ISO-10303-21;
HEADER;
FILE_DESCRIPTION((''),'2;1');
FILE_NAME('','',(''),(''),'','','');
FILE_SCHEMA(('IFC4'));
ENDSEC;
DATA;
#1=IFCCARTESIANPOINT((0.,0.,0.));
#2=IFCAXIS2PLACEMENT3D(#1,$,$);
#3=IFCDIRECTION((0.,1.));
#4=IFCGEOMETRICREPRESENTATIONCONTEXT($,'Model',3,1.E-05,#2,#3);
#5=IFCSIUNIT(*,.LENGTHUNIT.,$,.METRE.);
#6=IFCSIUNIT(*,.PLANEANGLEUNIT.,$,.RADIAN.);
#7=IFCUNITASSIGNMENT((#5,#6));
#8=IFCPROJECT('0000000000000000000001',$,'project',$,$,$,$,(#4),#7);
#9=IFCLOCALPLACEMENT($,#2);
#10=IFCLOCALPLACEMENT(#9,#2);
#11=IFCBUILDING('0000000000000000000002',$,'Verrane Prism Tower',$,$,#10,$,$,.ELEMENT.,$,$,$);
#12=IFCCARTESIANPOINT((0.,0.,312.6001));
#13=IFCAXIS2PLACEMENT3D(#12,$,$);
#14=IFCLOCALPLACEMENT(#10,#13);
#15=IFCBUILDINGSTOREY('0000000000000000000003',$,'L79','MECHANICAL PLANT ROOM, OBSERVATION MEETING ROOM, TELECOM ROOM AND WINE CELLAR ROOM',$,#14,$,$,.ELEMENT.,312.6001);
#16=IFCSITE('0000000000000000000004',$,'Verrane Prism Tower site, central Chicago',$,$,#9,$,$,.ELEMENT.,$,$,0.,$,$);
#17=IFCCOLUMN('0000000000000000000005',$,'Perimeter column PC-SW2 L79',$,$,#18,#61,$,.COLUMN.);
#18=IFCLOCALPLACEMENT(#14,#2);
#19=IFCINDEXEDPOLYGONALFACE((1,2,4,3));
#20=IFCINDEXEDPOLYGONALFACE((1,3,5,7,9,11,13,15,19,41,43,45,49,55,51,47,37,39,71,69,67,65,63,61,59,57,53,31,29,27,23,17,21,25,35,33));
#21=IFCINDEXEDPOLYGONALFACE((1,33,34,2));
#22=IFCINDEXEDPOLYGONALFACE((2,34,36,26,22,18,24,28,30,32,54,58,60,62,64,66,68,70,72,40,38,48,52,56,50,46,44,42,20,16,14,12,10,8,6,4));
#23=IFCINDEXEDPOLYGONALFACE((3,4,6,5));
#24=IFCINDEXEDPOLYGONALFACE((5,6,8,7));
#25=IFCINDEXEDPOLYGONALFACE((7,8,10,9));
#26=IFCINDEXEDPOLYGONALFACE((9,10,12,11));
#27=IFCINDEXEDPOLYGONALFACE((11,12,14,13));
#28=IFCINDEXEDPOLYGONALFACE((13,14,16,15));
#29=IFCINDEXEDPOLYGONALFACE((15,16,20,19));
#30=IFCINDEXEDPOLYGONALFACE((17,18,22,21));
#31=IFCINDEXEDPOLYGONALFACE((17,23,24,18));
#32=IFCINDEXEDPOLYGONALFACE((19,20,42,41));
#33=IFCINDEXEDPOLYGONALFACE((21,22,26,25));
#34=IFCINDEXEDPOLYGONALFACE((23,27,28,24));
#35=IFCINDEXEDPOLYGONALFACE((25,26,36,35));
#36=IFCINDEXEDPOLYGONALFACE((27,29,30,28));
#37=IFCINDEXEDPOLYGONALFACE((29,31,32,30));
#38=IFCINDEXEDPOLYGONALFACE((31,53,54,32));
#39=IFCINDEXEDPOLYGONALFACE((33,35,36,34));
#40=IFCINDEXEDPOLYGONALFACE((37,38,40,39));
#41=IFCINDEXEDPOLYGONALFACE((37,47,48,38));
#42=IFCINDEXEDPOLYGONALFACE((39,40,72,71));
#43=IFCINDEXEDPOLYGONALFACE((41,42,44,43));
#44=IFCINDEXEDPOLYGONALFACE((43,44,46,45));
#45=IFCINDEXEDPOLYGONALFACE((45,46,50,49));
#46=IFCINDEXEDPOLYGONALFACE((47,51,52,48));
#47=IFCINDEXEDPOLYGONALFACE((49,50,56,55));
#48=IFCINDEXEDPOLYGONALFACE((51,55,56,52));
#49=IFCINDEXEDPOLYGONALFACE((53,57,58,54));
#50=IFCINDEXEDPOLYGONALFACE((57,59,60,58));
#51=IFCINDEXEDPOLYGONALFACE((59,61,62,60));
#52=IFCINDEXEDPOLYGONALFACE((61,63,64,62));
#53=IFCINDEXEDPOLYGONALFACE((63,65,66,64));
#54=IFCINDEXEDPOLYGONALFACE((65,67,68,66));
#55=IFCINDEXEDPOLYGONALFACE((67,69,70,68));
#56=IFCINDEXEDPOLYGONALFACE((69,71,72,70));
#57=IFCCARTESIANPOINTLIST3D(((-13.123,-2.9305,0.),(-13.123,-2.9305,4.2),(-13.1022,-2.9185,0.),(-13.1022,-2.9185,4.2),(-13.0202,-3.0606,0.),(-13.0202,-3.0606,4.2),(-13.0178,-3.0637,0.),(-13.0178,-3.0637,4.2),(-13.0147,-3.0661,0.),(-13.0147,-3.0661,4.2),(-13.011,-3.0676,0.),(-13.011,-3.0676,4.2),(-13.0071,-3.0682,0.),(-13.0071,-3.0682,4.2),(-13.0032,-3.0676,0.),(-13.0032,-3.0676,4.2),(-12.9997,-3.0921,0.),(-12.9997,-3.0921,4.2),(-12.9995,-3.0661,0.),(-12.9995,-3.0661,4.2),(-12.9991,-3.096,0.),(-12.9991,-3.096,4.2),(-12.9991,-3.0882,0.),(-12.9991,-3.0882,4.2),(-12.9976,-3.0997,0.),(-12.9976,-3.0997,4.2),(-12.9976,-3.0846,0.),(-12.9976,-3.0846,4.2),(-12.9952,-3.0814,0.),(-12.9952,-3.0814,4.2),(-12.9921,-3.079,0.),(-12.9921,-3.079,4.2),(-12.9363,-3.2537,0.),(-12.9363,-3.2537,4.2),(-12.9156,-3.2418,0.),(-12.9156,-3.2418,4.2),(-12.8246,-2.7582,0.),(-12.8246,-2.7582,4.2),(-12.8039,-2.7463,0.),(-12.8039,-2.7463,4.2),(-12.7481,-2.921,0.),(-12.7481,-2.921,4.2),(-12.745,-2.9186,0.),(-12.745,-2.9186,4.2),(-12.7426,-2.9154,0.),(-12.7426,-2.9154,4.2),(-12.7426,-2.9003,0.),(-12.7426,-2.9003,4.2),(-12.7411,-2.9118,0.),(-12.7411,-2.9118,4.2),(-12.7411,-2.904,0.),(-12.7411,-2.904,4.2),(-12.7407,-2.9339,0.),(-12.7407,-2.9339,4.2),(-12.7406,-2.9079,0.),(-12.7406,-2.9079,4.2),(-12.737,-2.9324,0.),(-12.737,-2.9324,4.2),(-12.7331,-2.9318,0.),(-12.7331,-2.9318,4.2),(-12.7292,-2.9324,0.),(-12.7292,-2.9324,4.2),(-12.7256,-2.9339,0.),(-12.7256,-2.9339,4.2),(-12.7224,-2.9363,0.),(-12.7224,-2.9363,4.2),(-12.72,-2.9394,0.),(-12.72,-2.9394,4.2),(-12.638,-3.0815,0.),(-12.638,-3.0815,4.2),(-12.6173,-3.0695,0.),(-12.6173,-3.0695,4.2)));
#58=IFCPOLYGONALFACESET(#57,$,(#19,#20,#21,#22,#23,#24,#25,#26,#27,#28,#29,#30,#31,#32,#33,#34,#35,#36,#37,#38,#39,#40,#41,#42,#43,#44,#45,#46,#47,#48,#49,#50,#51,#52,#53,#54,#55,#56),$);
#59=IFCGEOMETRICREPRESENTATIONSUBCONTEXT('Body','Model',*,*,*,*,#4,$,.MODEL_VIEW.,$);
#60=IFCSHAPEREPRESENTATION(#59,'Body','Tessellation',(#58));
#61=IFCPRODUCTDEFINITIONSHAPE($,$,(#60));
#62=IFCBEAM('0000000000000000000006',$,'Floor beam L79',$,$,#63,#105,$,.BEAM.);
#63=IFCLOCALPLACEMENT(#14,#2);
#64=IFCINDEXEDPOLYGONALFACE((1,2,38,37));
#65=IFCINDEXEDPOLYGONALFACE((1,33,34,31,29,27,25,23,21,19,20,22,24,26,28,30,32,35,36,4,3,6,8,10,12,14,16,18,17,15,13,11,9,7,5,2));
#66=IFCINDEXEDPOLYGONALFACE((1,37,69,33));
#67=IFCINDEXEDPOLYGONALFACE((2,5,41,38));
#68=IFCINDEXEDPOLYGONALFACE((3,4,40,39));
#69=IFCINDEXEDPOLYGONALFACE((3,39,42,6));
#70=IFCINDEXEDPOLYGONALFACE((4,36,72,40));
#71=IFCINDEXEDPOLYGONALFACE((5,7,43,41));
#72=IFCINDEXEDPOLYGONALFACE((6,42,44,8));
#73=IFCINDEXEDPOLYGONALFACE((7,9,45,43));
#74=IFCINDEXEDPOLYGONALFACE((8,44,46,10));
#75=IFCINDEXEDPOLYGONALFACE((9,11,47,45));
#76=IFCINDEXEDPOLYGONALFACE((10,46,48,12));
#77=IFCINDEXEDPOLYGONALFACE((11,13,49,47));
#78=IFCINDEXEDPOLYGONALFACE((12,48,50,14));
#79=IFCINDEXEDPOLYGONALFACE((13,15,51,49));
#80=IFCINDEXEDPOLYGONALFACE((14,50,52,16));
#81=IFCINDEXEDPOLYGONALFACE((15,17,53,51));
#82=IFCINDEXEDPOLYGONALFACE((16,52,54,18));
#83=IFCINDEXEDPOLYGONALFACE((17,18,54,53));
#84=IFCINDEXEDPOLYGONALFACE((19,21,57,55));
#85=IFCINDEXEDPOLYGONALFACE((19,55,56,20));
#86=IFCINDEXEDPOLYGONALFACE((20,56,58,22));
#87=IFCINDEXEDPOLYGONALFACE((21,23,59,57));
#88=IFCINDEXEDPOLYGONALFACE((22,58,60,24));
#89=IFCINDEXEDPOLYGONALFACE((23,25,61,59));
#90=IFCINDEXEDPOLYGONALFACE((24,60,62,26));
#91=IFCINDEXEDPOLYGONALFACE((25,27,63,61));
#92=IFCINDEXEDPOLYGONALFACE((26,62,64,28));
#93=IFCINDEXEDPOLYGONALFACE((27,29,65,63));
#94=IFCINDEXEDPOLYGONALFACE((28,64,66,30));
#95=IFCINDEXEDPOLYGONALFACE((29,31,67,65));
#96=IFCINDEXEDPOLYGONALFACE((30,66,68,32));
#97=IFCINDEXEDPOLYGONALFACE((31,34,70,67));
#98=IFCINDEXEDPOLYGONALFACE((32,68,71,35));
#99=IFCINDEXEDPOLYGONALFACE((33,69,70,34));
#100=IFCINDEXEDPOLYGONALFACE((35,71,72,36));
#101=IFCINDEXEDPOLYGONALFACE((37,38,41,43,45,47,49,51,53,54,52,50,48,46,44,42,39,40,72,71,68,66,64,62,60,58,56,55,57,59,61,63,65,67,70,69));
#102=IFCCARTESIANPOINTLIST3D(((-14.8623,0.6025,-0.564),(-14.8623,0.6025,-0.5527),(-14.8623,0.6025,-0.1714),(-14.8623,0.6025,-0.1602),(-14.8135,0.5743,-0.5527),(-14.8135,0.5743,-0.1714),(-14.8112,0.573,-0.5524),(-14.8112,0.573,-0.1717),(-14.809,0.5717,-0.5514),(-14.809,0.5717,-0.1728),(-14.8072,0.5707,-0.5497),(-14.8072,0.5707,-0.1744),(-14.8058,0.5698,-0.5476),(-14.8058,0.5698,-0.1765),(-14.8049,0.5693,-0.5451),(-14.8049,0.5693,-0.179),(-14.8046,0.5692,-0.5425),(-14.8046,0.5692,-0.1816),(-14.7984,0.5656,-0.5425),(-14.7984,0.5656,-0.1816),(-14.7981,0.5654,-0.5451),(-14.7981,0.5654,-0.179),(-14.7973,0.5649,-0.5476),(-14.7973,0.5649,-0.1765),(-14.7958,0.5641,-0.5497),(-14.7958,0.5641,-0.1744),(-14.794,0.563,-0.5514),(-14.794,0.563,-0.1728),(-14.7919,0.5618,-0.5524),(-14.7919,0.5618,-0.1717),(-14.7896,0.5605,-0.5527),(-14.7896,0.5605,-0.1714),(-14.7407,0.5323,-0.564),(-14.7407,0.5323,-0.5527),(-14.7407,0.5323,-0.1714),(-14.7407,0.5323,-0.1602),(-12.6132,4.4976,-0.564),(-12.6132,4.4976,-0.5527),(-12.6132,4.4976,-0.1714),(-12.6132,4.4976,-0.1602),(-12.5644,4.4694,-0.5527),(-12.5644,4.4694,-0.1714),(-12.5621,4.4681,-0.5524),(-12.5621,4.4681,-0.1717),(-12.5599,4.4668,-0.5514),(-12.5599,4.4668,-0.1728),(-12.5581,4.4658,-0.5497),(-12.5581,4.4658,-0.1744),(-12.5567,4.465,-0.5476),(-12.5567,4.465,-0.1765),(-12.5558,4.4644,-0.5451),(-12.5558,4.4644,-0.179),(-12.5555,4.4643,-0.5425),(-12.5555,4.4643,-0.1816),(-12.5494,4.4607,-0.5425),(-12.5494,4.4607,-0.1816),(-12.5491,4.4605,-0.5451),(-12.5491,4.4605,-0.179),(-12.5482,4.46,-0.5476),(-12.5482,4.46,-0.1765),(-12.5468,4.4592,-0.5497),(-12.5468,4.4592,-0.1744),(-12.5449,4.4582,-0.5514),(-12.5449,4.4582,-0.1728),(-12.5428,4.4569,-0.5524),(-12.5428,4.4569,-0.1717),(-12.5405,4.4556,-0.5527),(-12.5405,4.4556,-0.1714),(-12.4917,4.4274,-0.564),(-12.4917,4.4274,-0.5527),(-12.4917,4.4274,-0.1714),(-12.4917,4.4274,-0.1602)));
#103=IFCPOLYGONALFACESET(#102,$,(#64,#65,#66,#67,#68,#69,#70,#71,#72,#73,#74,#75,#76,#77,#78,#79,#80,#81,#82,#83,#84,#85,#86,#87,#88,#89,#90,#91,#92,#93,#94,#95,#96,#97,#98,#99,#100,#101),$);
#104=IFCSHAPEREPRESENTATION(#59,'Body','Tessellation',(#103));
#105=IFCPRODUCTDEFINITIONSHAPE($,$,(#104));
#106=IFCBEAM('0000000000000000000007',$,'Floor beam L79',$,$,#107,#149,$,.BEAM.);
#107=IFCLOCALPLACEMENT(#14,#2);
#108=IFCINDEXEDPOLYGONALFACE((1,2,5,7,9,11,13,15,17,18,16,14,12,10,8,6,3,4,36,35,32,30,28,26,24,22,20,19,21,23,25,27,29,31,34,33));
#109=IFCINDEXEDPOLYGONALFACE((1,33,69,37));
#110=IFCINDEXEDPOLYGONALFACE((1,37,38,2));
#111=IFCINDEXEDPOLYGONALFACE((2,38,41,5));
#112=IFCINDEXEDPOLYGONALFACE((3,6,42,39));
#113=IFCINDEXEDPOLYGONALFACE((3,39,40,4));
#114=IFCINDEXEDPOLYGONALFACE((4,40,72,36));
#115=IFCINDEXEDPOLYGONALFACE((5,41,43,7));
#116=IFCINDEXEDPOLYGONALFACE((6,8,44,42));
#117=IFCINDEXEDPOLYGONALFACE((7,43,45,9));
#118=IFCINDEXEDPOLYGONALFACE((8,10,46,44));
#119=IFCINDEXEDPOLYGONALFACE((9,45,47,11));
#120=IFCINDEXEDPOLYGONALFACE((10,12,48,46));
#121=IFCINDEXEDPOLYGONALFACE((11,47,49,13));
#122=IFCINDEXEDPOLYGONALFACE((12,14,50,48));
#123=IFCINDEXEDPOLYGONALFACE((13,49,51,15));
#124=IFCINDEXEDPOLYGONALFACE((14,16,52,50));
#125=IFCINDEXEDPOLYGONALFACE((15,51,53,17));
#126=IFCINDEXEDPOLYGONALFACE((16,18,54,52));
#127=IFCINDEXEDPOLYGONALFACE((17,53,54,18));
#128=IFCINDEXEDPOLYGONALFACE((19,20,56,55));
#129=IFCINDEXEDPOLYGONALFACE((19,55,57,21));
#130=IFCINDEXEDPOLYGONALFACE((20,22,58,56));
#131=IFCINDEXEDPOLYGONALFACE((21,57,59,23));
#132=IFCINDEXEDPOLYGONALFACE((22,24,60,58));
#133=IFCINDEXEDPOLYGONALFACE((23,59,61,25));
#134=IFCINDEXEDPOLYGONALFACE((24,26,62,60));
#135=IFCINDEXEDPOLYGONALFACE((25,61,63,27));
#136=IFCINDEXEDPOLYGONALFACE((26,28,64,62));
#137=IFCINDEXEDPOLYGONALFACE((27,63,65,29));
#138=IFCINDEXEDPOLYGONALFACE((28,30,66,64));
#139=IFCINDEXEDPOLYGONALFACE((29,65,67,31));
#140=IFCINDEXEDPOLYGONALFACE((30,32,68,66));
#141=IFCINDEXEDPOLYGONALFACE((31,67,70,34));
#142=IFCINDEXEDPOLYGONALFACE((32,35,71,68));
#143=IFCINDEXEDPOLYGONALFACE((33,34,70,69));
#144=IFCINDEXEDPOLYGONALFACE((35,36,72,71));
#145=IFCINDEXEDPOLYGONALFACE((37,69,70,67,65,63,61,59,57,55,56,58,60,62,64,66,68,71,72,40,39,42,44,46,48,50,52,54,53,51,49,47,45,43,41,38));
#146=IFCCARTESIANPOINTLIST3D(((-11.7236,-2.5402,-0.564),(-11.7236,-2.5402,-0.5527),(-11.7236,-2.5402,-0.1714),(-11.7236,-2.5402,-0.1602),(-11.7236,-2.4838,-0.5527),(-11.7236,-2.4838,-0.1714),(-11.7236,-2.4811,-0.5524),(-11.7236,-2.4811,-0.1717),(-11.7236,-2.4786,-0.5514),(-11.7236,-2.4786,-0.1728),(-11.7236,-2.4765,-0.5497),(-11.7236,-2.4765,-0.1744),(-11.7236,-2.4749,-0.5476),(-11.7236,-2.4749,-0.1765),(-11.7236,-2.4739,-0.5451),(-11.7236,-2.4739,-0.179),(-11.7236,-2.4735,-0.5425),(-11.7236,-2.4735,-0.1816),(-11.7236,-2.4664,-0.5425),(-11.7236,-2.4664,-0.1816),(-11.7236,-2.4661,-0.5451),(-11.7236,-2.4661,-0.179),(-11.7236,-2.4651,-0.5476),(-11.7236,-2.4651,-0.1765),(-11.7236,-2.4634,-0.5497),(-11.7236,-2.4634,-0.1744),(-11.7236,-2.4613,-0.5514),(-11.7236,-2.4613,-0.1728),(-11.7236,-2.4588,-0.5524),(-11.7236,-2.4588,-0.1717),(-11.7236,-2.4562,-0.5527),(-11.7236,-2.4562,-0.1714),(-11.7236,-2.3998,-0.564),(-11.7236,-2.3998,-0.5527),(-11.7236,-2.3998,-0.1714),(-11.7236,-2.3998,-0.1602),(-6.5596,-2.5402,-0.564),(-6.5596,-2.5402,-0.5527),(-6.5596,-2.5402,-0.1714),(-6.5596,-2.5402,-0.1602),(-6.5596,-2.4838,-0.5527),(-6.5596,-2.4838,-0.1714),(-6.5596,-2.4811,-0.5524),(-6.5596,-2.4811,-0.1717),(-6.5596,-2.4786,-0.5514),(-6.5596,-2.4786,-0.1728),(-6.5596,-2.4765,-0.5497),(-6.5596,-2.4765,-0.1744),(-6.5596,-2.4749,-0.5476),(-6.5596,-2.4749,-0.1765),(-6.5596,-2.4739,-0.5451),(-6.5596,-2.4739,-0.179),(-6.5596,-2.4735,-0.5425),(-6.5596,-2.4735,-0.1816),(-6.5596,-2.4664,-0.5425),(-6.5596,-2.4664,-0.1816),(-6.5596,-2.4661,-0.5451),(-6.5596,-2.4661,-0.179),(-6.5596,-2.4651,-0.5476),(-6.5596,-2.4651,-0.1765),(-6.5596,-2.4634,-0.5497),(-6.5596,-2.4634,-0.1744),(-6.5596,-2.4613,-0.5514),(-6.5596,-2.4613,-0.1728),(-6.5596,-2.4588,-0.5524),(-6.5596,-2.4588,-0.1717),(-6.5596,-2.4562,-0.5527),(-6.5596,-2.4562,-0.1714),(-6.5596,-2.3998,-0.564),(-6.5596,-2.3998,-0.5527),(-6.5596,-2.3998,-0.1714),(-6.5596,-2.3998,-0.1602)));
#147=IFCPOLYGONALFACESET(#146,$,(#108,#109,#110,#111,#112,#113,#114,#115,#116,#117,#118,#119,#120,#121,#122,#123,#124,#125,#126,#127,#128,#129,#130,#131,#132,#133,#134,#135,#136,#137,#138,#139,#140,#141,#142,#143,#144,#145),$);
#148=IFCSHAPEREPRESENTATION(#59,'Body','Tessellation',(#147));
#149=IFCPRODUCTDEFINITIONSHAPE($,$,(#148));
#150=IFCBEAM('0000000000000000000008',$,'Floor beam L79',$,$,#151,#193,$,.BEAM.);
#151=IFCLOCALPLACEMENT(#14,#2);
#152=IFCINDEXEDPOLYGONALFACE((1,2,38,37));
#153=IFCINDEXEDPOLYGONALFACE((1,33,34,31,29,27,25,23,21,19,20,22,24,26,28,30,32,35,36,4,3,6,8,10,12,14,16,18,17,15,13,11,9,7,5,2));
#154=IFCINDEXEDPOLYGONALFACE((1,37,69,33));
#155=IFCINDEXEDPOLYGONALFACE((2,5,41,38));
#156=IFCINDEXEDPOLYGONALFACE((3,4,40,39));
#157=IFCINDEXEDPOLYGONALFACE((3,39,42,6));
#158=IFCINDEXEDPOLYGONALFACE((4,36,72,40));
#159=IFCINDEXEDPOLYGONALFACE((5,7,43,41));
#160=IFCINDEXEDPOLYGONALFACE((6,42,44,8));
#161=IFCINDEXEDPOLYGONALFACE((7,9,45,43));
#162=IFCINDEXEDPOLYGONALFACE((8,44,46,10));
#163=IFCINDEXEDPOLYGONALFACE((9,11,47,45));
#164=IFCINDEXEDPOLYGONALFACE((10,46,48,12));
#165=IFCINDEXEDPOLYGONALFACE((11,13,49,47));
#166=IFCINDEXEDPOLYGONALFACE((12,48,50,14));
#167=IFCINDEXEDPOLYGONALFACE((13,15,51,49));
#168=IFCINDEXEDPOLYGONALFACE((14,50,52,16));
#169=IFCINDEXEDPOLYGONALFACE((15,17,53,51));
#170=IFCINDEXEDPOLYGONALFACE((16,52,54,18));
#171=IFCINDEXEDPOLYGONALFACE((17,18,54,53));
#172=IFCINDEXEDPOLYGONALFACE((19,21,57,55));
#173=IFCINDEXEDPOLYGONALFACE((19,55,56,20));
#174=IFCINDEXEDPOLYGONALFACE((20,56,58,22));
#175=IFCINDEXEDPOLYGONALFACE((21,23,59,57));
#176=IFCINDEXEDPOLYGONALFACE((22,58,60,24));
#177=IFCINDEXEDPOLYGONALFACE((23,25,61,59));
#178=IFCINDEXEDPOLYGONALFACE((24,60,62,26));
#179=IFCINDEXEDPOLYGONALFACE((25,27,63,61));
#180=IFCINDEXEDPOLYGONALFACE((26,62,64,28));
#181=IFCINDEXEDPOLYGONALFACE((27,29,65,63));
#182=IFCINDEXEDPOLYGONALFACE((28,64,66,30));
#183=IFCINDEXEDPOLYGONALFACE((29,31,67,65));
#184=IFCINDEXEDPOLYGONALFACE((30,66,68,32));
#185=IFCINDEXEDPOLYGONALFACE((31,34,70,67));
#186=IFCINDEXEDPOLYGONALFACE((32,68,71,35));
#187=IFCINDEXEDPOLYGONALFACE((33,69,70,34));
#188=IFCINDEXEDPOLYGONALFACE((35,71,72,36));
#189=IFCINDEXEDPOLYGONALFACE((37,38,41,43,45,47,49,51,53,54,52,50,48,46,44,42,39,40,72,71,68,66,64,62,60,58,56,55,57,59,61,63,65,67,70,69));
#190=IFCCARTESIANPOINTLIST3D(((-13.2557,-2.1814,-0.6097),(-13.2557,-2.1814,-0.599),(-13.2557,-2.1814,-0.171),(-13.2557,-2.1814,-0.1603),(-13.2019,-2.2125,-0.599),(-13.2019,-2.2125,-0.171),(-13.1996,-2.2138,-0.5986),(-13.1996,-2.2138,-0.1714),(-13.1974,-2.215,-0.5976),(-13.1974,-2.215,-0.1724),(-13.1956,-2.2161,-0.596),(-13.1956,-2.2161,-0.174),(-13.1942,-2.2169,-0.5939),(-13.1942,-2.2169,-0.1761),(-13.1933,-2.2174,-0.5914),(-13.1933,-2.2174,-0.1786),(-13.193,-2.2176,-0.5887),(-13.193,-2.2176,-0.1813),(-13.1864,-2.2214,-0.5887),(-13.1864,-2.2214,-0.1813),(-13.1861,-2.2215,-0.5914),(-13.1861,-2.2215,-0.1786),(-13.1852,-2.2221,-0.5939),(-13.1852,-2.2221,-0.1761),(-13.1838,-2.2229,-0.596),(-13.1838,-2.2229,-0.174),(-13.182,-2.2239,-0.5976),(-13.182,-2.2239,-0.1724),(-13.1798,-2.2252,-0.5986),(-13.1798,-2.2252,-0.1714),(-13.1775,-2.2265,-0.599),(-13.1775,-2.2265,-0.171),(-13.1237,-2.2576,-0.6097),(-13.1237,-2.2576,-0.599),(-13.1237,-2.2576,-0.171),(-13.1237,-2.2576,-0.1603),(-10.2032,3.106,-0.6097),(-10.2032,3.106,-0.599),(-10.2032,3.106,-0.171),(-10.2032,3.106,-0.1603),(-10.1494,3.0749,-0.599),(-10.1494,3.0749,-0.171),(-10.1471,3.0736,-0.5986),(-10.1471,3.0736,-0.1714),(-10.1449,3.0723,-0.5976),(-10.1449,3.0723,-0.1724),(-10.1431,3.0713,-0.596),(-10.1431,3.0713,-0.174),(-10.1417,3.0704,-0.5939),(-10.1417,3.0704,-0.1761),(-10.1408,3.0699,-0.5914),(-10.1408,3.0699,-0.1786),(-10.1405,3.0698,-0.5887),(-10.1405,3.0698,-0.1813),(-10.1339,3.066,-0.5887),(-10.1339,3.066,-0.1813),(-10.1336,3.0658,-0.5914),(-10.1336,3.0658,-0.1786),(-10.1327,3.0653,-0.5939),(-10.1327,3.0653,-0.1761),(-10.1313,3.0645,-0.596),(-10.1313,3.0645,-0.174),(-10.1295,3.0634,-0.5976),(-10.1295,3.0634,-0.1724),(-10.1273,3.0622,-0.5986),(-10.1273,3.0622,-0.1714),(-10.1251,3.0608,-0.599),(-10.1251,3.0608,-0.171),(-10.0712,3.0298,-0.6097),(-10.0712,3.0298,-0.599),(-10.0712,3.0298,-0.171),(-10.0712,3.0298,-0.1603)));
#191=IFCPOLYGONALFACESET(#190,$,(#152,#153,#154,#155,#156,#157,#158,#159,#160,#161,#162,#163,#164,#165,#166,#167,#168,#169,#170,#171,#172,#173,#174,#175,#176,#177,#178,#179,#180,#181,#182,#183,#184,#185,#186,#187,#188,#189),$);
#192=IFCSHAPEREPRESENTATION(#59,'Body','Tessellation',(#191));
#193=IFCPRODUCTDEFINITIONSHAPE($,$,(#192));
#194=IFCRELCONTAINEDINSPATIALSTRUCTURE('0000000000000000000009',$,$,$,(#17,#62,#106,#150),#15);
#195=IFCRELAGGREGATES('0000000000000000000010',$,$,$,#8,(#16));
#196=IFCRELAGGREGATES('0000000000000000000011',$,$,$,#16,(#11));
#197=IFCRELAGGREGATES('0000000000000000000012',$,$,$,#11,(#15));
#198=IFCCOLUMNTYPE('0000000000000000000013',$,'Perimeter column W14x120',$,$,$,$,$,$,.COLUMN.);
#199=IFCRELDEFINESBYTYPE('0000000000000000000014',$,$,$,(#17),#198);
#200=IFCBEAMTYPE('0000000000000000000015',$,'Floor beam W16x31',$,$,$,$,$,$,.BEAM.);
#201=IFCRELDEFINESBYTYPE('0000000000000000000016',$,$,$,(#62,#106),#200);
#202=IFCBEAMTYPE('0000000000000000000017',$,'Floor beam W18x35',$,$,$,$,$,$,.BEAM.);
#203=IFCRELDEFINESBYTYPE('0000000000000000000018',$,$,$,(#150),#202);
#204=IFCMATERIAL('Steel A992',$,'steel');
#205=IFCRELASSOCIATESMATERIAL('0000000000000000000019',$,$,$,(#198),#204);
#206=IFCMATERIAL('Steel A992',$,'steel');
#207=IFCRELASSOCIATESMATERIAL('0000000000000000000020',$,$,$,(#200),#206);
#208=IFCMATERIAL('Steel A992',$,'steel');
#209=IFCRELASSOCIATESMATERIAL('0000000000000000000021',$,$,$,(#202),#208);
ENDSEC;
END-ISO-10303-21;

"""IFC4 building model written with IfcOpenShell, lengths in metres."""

from ifc_helpers import new_model, si_unit, direction, frame, origin, origin_2d, place, context, subcontext, project, spatial, i_section, extrude, material, material_profile, profile_set, type_object, element, save


model = new_model("IFC4")

# Units and contexts
model_context = context("Model", 3, precision=1e-05, world=origin(), true_north=direction((0.0, 1.0)))
body_context = subcontext(model_context, "Body", "Model", "MODEL_VIEW")
ifc_project = project(units=[si_unit("LENGTHUNIT", "METRE"), si_unit("PLANEANGLEUNIT", "RADIAN")], contexts=[model_context])

# Site, building, storey
site_placement = place(None, origin())
site = spatial("IfcSite", under=ifc_project, at=site_placement, Name="Verrane Prism Tower site, central Chicago", CompositionType="ELEMENT", RefElevation=0.0)
building_placement = place(site_placement, origin())
building = spatial("IfcBuilding", under=site, at=building_placement, Name="Verrane Prism Tower", CompositionType="ELEMENT")
storey_placement = place(building_placement, frame((0.0, 0.0, 312.6001)))
storey = spatial("IfcBuildingStorey", under=building, at=storey_placement, Name="L79", Description="MECHANICAL PLANT ROOM, OBSERVATION MEETING ROOM, TELECOM ROOM AND WINE CELLAR ROOM", CompositionType="ELEMENT", Elevation=312.6001)

# Column
ifc_material_1 = material(Name="Steel A992", Category="steel")
ifc_material_profile_1 = material_profile(ifc_material_1, i_section(OverallWidth=0.3733, OverallDepth=0.3684, WebThickness=0.0149, FlangeThickness=0.0239, FilletRadius=0.0151, at=origin_2d()), Name="W14x120")
ifc_profile_set_1 = profile_set([ifc_material_profile_1], Name="Steel A992")
column_type = type_object("IfcColumnType", Name="Perimeter column W14x120", PredefinedType="COLUMN", material=ifc_profile_set_1)
column_placement = place(storey_placement, frame((-12.8701, -3.0, 0.0), z_axis=(0.0, 0.0, 1.0), x_axis=(-0.5, 0.866025, 0.0)))
element("IfcColumn", 1, at=column_placement, inside=storey, type_object=column_type, Name="Perimeter column PC-SW2 L79", PredefinedType="COLUMN", context=body_context, shape_type="SweptSolid", body=[
    extrude(i_section(OverallWidth=0.3733, OverallDepth=0.3684, WebThickness=0.0149, FlangeThickness=0.0239, FilletRadius=0.0151, at=origin_2d()), origin(), (0.0, 0.0, 1.0), 4.2),
])

# Beams
ifc_material_2 = material(Name="Steel A992", Category="steel")
ifc_material_profile_2 = material_profile(ifc_material_2, i_section(OverallWidth=0.1404, OverallDepth=0.4038, WebThickness=0.0071, FlangeThickness=0.0112, FilletRadius=0.0103, at=origin_2d()), Name="W16x31")
ifc_profile_set_2 = profile_set([ifc_material_profile_2], Name="Steel A992")
beam_type_1 = type_object("IfcBeamType", Name="Floor beam W16x31", PredefinedType="BEAM", material=ifc_profile_set_2)
beam_1_placement = place(storey_placement, frame((-14.8015, 0.5674, -0.3621), z_axis=(0.500039, 0.866003, 0.0), x_axis=(-0.866003, 0.500039, 0.0)))
element("IfcBeam", 2, at=beam_1_placement, inside=storey, type_object=beam_type_1, Name="Floor beam L79", PredefinedType="BEAM", context=body_context, shape_type="SweptSolid", body=[
    extrude(i_section(OverallWidth=0.1404, OverallDepth=0.4038, WebThickness=0.0071, FlangeThickness=0.0112, FilletRadius=0.0103, at=origin_2d()), origin(), (0.0, 0.0, 1.0), 4.4978),
])
beam_2_placement = place(storey_placement, frame((-11.7236, -2.47, -0.3621), z_axis=(1.0, 0.0, 0.0), x_axis=(0.0, 1.0, 0.0)))
element("IfcBeam", 3, at=beam_2_placement, inside=storey, type_object=beam_type_1, Name="Floor beam L79", PredefinedType="BEAM", context=body_context, shape_type="SweptSolid", body=[
    extrude(i_section(OverallWidth=0.1404, OverallDepth=0.4038, WebThickness=0.0071, FlangeThickness=0.0112, FilletRadius=0.0103, at=origin_2d()), origin(), (0.0, 0.0, 1.0), 5.1641),
])
ifc_material_3 = material(Name="Steel A992", Category="steel")
ifc_material_profile_3 = material_profile(ifc_material_3, i_section(OverallWidth=0.1523, OverallDepth=0.4495, WebThickness=0.0076, FlangeThickness=0.0107, FilletRadius=0.0103, at=origin_2d()), Name="W18x35")
ifc_profile_set_3 = profile_set([ifc_material_profile_3], Name="Steel A992")
beam_type_2 = type_object("IfcBeamType", Name="Floor beam W18x35", PredefinedType="BEAM", material=ifc_profile_set_3)
beam_3_placement = place(storey_placement, frame((-13.1897, -2.2195, -0.385), z_axis=(0.49998, 0.866037, 0.0), x_axis=(-0.866037, 0.49998, 0.0)))
element("IfcBeam", 4, at=beam_3_placement, inside=storey, type_object=beam_type_2, Name="Floor beam L79", PredefinedType="BEAM", context=body_context, shape_type="SweptSolid", body=[
    extrude(i_section(OverallWidth=0.1523, OverallDepth=0.4495, WebThickness=0.0076, FlangeThickness=0.0107, FilletRadius=0.0103, at=origin_2d()), origin(), (0.0, 0.0, 1.0), 6.1052),
])

save(model, "model.ifc")
